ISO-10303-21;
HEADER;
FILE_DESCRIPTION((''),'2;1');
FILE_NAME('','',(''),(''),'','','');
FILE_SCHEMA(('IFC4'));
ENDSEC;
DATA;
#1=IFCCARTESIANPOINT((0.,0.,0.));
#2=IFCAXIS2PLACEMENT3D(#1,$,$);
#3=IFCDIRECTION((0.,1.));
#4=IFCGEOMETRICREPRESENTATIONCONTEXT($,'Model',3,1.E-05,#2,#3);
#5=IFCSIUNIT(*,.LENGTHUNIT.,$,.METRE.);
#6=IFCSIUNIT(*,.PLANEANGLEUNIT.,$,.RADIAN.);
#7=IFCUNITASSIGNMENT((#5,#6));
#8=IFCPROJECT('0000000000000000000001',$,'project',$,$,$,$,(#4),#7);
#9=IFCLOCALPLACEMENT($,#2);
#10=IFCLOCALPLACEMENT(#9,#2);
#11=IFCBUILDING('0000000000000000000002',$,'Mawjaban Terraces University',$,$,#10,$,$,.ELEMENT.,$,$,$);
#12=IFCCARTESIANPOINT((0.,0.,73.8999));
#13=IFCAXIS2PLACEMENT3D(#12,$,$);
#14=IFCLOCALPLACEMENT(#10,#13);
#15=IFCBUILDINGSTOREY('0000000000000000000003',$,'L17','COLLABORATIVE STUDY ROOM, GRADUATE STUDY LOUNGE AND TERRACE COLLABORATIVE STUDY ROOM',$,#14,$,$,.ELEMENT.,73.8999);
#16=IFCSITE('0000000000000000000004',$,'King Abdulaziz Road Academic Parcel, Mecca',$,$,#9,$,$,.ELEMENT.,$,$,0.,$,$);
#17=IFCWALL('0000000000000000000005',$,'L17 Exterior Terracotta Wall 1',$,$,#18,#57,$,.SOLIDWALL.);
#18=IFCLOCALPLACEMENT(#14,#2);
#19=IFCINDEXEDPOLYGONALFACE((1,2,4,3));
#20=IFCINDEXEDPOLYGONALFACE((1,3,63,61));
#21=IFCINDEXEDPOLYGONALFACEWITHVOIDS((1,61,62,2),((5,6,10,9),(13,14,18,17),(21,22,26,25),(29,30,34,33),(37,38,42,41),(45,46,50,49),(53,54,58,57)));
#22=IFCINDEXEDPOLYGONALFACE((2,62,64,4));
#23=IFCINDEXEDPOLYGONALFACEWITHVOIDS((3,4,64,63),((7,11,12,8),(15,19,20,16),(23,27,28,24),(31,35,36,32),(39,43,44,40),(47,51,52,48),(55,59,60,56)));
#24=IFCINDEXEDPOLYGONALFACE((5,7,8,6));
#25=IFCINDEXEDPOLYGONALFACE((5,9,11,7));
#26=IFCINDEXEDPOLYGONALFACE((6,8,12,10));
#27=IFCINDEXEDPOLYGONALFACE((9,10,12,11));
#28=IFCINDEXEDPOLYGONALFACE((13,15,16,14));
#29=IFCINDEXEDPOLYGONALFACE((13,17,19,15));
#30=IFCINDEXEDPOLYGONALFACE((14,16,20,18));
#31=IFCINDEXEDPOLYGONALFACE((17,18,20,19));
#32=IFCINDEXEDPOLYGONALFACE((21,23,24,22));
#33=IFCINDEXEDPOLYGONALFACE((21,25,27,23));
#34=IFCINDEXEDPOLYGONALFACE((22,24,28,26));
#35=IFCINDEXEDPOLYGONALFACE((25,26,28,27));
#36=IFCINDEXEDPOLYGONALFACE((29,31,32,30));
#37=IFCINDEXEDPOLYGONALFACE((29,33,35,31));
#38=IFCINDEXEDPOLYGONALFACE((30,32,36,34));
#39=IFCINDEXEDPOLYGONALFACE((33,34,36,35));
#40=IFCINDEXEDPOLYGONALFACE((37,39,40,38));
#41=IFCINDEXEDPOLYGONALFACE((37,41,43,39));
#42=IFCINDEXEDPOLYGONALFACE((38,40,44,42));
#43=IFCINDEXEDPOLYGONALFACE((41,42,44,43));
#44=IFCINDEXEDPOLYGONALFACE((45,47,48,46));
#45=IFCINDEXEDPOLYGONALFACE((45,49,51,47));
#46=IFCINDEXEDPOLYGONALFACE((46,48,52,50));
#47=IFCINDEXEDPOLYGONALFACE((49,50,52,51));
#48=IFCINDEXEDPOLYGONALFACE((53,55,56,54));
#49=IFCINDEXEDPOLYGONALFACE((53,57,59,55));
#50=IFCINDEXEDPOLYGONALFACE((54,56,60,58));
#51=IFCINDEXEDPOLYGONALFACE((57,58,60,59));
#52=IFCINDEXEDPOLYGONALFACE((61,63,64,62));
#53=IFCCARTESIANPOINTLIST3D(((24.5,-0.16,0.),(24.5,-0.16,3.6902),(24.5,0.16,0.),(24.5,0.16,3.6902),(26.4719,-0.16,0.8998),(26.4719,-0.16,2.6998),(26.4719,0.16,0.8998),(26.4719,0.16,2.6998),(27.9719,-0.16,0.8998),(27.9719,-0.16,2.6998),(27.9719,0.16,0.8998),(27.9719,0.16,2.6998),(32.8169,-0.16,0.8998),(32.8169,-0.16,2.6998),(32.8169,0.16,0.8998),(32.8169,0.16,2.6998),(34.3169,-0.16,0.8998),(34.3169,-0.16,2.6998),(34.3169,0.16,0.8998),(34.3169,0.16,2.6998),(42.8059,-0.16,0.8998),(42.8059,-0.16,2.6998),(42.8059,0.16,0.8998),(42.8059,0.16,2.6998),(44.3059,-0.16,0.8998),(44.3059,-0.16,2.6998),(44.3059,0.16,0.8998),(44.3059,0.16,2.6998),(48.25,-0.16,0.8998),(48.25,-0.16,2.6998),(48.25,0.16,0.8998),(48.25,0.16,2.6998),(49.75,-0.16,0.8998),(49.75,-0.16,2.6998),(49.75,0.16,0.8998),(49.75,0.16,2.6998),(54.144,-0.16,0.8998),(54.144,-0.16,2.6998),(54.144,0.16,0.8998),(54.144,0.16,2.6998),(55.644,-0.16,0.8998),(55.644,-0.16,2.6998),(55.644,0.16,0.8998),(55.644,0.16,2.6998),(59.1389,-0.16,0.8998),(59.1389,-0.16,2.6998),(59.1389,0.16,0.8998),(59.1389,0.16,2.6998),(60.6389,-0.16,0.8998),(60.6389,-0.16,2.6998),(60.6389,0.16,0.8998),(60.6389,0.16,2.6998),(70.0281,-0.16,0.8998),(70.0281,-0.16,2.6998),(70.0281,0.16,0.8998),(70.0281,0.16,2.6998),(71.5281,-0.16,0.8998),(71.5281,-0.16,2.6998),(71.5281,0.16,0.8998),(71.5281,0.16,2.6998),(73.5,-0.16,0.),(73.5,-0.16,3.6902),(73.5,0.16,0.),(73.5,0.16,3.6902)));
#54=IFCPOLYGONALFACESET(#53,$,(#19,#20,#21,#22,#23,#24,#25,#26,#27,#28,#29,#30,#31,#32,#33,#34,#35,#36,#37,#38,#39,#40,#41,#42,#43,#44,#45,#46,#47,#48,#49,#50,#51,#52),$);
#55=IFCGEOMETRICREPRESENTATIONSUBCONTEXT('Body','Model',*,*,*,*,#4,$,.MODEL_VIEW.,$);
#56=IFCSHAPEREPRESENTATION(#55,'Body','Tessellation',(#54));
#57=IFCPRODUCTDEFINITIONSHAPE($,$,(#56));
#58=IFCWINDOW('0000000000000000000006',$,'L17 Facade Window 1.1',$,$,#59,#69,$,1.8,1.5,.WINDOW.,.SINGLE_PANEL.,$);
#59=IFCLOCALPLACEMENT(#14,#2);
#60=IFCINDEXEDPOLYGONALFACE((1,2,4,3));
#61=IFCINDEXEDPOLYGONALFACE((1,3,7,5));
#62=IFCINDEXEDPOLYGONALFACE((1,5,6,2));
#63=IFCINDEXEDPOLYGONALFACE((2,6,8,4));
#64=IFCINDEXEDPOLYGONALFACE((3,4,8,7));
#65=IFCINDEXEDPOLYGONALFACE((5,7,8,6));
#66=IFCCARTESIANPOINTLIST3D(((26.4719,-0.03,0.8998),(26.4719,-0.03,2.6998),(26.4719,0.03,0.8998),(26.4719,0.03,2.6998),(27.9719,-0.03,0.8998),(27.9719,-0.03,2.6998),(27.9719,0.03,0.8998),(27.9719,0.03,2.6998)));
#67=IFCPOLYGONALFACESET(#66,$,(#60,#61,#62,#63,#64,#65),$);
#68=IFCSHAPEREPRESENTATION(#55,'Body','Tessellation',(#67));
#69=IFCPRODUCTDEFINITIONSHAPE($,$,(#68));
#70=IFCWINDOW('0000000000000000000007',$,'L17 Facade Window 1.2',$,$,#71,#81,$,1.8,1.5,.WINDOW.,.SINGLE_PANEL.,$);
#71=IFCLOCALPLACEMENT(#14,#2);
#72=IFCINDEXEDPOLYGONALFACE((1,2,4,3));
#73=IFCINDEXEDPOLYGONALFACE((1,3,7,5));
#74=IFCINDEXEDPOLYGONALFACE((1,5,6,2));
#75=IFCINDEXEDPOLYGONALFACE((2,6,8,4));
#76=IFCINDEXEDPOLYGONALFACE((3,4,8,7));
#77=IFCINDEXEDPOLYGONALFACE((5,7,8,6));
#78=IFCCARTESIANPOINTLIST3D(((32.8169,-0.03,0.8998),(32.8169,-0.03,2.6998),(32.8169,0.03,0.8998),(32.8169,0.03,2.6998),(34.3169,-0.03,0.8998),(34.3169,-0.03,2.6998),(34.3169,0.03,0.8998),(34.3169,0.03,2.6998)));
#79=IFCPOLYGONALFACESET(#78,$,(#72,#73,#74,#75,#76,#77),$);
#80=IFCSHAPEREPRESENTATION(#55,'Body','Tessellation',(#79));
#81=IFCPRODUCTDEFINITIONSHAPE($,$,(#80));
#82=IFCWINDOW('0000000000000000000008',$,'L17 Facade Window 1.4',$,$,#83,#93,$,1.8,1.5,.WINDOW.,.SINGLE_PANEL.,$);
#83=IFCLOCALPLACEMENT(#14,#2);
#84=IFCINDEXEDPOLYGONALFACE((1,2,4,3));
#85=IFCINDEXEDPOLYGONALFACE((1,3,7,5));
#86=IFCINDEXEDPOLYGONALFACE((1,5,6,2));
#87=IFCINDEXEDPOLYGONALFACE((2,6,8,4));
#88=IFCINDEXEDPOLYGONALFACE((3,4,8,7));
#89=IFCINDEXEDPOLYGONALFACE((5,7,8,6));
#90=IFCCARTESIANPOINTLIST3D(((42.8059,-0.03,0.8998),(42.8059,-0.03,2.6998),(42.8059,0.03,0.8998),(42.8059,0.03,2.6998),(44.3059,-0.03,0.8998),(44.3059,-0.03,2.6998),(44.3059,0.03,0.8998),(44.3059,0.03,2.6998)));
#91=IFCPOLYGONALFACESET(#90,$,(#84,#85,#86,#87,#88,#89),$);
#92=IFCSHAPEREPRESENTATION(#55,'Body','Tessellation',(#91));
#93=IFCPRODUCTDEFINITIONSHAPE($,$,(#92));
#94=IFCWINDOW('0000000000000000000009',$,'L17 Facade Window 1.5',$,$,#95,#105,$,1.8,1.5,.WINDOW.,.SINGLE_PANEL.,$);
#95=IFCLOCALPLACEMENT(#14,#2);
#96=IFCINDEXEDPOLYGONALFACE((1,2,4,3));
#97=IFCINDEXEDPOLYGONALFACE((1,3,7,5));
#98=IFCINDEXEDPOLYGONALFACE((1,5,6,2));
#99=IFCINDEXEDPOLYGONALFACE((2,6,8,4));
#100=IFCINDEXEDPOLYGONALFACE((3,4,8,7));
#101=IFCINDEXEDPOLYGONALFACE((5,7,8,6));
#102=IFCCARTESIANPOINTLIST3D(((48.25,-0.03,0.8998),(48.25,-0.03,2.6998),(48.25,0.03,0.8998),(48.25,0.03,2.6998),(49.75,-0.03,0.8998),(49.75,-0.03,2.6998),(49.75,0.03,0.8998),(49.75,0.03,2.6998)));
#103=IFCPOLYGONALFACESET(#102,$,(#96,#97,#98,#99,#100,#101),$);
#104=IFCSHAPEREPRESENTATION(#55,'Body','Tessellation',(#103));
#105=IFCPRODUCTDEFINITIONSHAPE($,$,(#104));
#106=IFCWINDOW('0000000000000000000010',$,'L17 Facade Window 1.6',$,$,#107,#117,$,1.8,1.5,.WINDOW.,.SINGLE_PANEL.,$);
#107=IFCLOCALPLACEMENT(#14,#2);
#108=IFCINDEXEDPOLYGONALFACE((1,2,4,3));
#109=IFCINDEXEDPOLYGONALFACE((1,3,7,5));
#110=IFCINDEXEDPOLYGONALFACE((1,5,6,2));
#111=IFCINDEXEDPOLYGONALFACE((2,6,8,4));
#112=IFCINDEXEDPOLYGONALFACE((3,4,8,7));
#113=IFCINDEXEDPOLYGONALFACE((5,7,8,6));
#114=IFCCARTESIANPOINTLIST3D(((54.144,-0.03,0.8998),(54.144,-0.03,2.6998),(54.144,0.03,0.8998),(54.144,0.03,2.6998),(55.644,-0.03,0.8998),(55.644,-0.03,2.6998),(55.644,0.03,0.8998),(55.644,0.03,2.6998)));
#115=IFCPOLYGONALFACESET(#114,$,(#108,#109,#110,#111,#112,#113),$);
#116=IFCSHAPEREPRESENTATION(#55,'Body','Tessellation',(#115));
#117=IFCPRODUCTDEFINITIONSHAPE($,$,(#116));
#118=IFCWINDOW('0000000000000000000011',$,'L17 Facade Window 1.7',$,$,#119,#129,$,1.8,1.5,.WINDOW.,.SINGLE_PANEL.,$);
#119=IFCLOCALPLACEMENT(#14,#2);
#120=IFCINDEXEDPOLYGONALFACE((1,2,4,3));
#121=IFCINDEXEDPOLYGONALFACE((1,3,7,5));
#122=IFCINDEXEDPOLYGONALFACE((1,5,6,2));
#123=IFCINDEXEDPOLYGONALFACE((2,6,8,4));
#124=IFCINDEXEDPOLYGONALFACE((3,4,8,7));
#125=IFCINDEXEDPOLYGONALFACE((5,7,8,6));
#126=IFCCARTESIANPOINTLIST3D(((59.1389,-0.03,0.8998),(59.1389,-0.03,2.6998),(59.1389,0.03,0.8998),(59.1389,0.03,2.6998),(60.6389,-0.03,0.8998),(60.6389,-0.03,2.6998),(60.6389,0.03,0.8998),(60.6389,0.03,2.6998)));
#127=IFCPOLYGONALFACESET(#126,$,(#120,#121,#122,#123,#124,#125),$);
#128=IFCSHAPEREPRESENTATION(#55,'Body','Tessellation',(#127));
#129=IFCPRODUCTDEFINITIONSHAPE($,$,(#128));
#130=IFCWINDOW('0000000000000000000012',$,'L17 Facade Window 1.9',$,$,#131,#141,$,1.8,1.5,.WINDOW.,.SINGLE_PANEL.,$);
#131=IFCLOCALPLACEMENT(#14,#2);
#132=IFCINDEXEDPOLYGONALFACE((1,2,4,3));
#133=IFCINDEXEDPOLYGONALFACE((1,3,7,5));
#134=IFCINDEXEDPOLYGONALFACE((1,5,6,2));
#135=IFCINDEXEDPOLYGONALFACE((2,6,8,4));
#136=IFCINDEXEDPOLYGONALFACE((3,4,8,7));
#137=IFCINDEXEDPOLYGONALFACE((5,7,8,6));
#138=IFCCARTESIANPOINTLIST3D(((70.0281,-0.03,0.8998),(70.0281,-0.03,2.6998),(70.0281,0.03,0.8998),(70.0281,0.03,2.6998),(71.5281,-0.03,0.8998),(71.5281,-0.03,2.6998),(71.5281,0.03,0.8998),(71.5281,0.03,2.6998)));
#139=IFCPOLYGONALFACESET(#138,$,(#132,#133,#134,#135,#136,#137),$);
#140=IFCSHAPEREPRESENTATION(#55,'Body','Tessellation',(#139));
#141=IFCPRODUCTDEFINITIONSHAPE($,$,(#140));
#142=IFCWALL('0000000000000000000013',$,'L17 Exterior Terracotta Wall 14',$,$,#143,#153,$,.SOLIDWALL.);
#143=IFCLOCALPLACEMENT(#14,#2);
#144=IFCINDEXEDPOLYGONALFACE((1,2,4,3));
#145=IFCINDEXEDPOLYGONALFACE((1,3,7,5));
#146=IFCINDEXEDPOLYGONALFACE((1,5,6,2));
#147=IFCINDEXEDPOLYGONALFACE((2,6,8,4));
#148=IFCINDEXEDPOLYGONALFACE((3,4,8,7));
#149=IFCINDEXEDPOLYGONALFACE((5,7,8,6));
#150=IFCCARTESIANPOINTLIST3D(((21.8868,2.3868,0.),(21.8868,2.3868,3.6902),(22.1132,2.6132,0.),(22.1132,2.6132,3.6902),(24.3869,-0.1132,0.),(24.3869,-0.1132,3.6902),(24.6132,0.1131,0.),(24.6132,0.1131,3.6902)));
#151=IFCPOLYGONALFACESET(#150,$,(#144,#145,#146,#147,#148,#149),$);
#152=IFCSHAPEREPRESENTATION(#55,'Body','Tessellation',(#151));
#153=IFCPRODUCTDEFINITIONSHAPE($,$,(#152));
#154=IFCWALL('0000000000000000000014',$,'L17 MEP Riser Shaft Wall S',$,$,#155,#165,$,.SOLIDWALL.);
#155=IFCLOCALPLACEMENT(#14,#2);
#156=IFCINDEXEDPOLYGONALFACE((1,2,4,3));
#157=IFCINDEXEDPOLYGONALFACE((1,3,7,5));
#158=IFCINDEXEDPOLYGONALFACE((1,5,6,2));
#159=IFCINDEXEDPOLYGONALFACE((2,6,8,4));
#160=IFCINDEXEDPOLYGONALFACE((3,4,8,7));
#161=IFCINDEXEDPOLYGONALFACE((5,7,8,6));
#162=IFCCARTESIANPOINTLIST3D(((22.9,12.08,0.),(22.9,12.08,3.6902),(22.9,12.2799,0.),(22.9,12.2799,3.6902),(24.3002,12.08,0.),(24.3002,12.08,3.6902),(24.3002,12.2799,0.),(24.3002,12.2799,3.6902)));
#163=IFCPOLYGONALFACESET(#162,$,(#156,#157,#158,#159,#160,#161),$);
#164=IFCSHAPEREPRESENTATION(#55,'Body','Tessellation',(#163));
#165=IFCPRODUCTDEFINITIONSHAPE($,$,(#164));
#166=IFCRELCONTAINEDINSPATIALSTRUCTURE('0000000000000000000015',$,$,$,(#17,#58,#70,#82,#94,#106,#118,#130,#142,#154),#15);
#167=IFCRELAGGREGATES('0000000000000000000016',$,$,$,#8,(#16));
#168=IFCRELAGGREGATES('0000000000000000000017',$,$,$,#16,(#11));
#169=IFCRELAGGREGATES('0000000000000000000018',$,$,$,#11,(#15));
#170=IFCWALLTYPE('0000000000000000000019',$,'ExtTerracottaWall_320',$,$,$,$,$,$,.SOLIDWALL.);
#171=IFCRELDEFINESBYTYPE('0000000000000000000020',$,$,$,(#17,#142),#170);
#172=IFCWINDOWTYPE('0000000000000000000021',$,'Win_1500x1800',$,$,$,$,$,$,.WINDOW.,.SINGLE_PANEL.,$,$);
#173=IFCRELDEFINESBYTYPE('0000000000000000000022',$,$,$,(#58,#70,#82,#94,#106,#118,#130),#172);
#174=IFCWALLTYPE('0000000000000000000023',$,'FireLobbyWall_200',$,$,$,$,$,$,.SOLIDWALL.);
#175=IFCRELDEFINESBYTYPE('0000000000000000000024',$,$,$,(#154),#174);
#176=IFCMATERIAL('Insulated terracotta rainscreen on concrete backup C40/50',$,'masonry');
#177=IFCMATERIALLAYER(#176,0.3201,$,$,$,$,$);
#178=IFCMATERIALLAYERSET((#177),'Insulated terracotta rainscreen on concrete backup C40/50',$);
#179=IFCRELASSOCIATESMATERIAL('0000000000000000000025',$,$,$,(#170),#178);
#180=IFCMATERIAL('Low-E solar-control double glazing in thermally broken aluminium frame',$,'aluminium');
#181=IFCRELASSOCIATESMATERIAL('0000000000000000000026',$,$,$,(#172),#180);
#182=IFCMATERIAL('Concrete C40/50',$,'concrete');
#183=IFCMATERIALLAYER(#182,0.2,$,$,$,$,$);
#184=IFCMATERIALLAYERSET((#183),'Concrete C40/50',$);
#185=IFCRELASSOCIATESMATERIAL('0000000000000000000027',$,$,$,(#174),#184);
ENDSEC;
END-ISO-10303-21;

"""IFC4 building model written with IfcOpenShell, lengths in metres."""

from ifc_helpers import new_model, si_unit, direction, frame, frame_2d, origin, place, context, subcontext, project, spatial, rectangle, extrude, material, layer, layer_set, type_object, element, fill, save


model = new_model("IFC4")

# Units and contexts
model_context = context("Model", 3, precision=1e-05, world=origin(), true_north=direction((0.0, 1.0)))
body_context = subcontext(model_context, "Body", "Model", "MODEL_VIEW")
ifc_project = project(units=[si_unit("LENGTHUNIT", "METRE"), si_unit("PLANEANGLEUNIT", "RADIAN")], contexts=[model_context])

# Site, building, storey
site_placement = place(None, origin())
site = spatial("IfcSite", under=ifc_project, at=site_placement, Name="King Abdulaziz Road Academic Parcel, Mecca", CompositionType="ELEMENT", RefElevation=0.0)
building_placement = place(site_placement, origin())
building = spatial("IfcBuilding", under=site, at=building_placement, Name="Mawjaban Terraces University", CompositionType="ELEMENT")
storey_placement = place(building_placement, frame((0.0, 0.0, 73.8999)))
storey = spatial("IfcBuildingStorey", under=building, at=storey_placement, Name="L17", Description="COLLABORATIVE STUDY ROOM, GRADUATE STUDY LOUNGE AND TERRACE COLLABORATIVE STUDY ROOM", CompositionType="ELEMENT", Elevation=73.8999)

# Wall, openings, windows
ifc_material_1 = material(Name="Insulated terracotta rainscreen on concrete backup C40/50", Category="masonry")
ifc_layer_1 = layer(ifc_material_1, 0.3201)
ifc_layer_set_1 = layer_set([ifc_layer_1], Name="Insulated terracotta rainscreen on concrete backup C40/50")
wall_type_1 = type_object("IfcWallType", Name="ExtTerracottaWall_320", PredefinedType="SOLIDWALL", material=ifc_layer_set_1)
wall_1_placement = place(storey_placement, frame((24.5, 0.0, 0.0), z_axis=(0.0, 0.0, 1.0), x_axis=(1.0, 0.0, 0.0)))
wall_1 = element("IfcWall", 1, at=wall_1_placement, inside=storey, type_object=wall_type_1, Name="L17 Exterior Terracotta Wall 1", PredefinedType="SOLIDWALL", context=body_context, shape_type="SweptSolid", body=[
    extrude(rectangle(XDim=49.0, YDim=0.3201, at=frame_2d((24.5, 0.0))), origin(), (0.0, 0.0, 1.0), 3.6902),
])
opening_1_placement = place(wall_1_placement, frame((1.9719, 0.0, 0.8999)))
opening_1 = element("IfcOpeningElement", 2, at=opening_1_placement, cuts=wall_1, PredefinedType="OPENING", context=body_context, shape_type="SweptSolid", body=[
    extrude(rectangle(XDim=1.5, YDim=1.8, at=frame_2d((0.75, 0.8999))), frame((0.0, 0.1699, 0.0), z_axis=(0.0, -1.0, 0.0), x_axis=(1.0, 0.0, 0.0)), (0.0, 0.0, 1.0), 0.3401),
])
opening_2_placement = place(wall_1_placement, frame((8.3169, 0.0, 0.8999)))
opening_2 = element("IfcOpeningElement", 3, at=opening_2_placement, cuts=wall_1, PredefinedType="OPENING", context=body_context, shape_type="SweptSolid", body=[
    extrude(rectangle(XDim=1.5, YDim=1.8, at=frame_2d((0.75, 0.8999))), frame((0.0, 0.1699, 0.0), z_axis=(0.0, -1.0, 0.0), x_axis=(1.0, 0.0, 0.0)), (0.0, 0.0, 1.0), 0.3401),
])
opening_3_placement = place(wall_1_placement, frame((18.3059, 0.0, 0.8999)))
opening_3 = element("IfcOpeningElement", 4, at=opening_3_placement, cuts=wall_1, PredefinedType="OPENING", context=body_context, shape_type="SweptSolid", body=[
    extrude(rectangle(XDim=1.5, YDim=1.8, at=frame_2d((0.75, 0.8999))), frame((0.0, 0.1699, 0.0), z_axis=(0.0, -1.0, 0.0), x_axis=(1.0, 0.0, 0.0)), (0.0, 0.0, 1.0), 0.3401),
])
opening_4_placement = place(wall_1_placement, frame((23.75, 0.0, 0.8999)))
opening_4 = element("IfcOpeningElement", 5, at=opening_4_placement, cuts=wall_1, PredefinedType="OPENING", context=body_context, shape_type="SweptSolid", body=[
    extrude(rectangle(XDim=1.5, YDim=1.8, at=frame_2d((0.75, 0.8999))), frame((0.0, 0.1699, 0.0), z_axis=(0.0, -1.0, 0.0), x_axis=(1.0, 0.0, 0.0)), (0.0, 0.0, 1.0), 0.3401),
])
opening_5_placement = place(wall_1_placement, frame((29.644, 0.0, 0.8999)))
opening_5 = element("IfcOpeningElement", 6, at=opening_5_placement, cuts=wall_1, PredefinedType="OPENING", context=body_context, shape_type="SweptSolid", body=[
    extrude(rectangle(XDim=1.5, YDim=1.8, at=frame_2d((0.75, 0.8999))), frame((0.0, 0.1699, 0.0), z_axis=(0.0, -1.0, 0.0), x_axis=(1.0, 0.0, 0.0)), (0.0, 0.0, 1.0), 0.3401),
])
opening_6_placement = place(wall_1_placement, frame((34.6389, 0.0, 0.8999)))
opening_6 = element("IfcOpeningElement", 7, at=opening_6_placement, cuts=wall_1, PredefinedType="OPENING", context=body_context, shape_type="SweptSolid", body=[
    extrude(rectangle(XDim=1.5, YDim=1.8, at=frame_2d((0.75, 0.8999))), frame((0.0, 0.1699, 0.0), z_axis=(0.0, -1.0, 0.0), x_axis=(1.0, 0.0, 0.0)), (0.0, 0.0, 1.0), 0.3401),
])
opening_7_placement = place(wall_1_placement, frame((45.5281, 0.0, 0.8999)))
opening_7 = element("IfcOpeningElement", 8, at=opening_7_placement, cuts=wall_1, PredefinedType="OPENING", context=body_context, shape_type="SweptSolid", body=[
    extrude(rectangle(XDim=1.5, YDim=1.8, at=frame_2d((0.75, 0.8999))), frame((0.0, 0.1699, 0.0), z_axis=(0.0, -1.0, 0.0), x_axis=(1.0, 0.0, 0.0)), (0.0, 0.0, 1.0), 0.3401),
])
ifc_material_2 = material(Name="Low-E solar-control double glazing in thermally broken aluminium frame", Category="aluminium")
window_type = type_object("IfcWindowType", Name="Win_1500x1800", PartitioningType="SINGLE_PANEL", PredefinedType="WINDOW", material=ifc_material_2)
window_1_placement = place(opening_1_placement, origin())
window_1 = element("IfcWindow", 9, at=window_1_placement, inside=storey, type_object=window_type, Name="L17 Facade Window 1.1", OverallHeight=1.8, OverallWidth=1.5, PartitioningType="SINGLE_PANEL", PredefinedType="WINDOW", context=body_context, shape_type="SweptSolid", body=[
    extrude(rectangle(XDim=1.5, YDim=1.8, at=frame_2d((0.75, 0.8999))), frame((0.0, 0.03, 0.0), z_axis=(0.0, -1.0, 0.0), x_axis=(1.0, 0.0, 0.0)), (0.0, 0.0, 1.0), 0.0601),
])
fill(opening_1, window_1)
window_2_placement = place(opening_2_placement, origin())
window_2 = element("IfcWindow", 10, at=window_2_placement, inside=storey, type_object=window_type, Name="L17 Facade Window 1.2", OverallHeight=1.8, OverallWidth=1.5, PartitioningType="SINGLE_PANEL", PredefinedType="WINDOW", context=body_context, shape_type="SweptSolid", body=[
    extrude(rectangle(XDim=1.5, YDim=1.8, at=frame_2d((0.75, 0.8999))), frame((0.0, 0.03, 0.0), z_axis=(0.0, -1.0, 0.0), x_axis=(1.0, 0.0, 0.0)), (0.0, 0.0, 1.0), 0.0601),
])
fill(opening_2, window_2)
window_3_placement = place(opening_3_placement, origin())
window_3 = element("IfcWindow", 11, at=window_3_placement, inside=storey, type_object=window_type, Name="L17 Facade Window 1.4", OverallHeight=1.8, OverallWidth=1.5, PartitioningType="SINGLE_PANEL", PredefinedType="WINDOW", context=body_context, shape_type="SweptSolid", body=[
    extrude(rectangle(XDim=1.5, YDim=1.8, at=frame_2d((0.75, 0.8999))), frame((0.0, 0.03, 0.0), z_axis=(0.0, -1.0, 0.0), x_axis=(1.0, 0.0, 0.0)), (0.0, 0.0, 1.0), 0.0601),
])
fill(opening_3, window_3)
window_4_placement = place(opening_4_placement, origin())
window_4 = element("IfcWindow", 12, at=window_4_placement, inside=storey, type_object=window_type, Name="L17 Facade Window 1.5", OverallHeight=1.8, OverallWidth=1.5, PartitioningType="SINGLE_PANEL", PredefinedType="WINDOW", context=body_context, shape_type="SweptSolid", body=[
    extrude(rectangle(XDim=1.5, YDim=1.8, at=frame_2d((0.75, 0.8999))), frame((0.0, 0.03, 0.0), z_axis=(0.0, -1.0, 0.0), x_axis=(1.0, 0.0, 0.0)), (0.0, 0.0, 1.0), 0.0601),
])
fill(opening_4, window_4)
window_5_placement = place(opening_5_placement, origin())
window_5 = element("IfcWindow", 13, at=window_5_placement, inside=storey, type_object=window_type, Name="L17 Facade Window 1.6", OverallHeight=1.8, OverallWidth=1.5, PartitioningType="SINGLE_PANEL", PredefinedType="WINDOW", context=body_context, shape_type="SweptSolid", body=[
    extrude(rectangle(XDim=1.5, YDim=1.8, at=frame_2d((0.75, 0.8999))), frame((0.0, 0.03, 0.0), z_axis=(0.0, -1.0, 0.0), x_axis=(1.0, 0.0, 0.0)), (0.0, 0.0, 1.0), 0.0601),
])
fill(opening_5, window_5)
window_6_placement = place(opening_6_placement, origin())
window_6 = element("IfcWindow", 14, at=window_6_placement, inside=storey, type_object=window_type, Name="L17 Facade Window 1.7", OverallHeight=1.8, OverallWidth=1.5, PartitioningType="SINGLE_PANEL", PredefinedType="WINDOW", context=body_context, shape_type="SweptSolid", body=[
    extrude(rectangle(XDim=1.5, YDim=1.8, at=frame_2d((0.75, 0.8999))), frame((0.0, 0.03, 0.0), z_axis=(0.0, -1.0, 0.0), x_axis=(1.0, 0.0, 0.0)), (0.0, 0.0, 1.0), 0.0601),
])
fill(opening_6, window_6)
window_7_placement = place(opening_7_placement, origin())
window_7 = element("IfcWindow", 15, at=window_7_placement, inside=storey, type_object=window_type, Name="L17 Facade Window 1.9", OverallHeight=1.8, OverallWidth=1.5, PartitioningType="SINGLE_PANEL", PredefinedType="WINDOW", context=body_context, shape_type="SweptSolid", body=[
    extrude(rectangle(XDim=1.5, YDim=1.8, at=frame_2d((0.75, 0.8999))), frame((0.0, 0.03, 0.0), z_axis=(0.0, -1.0, 0.0), x_axis=(1.0, 0.0, 0.0)), (0.0, 0.0, 1.0), 0.0601),
])
fill(opening_7, window_7)

# Walls
wall_2_placement = place(storey_placement, frame((22.0, 2.5, 0.0), z_axis=(0.0, 0.0, 1.0), x_axis=(0.707107, -0.707107, 0.0)))
element("IfcWall", 16, at=wall_2_placement, inside=storey, type_object=wall_type_1, Name="L17 Exterior Terracotta Wall 14", PredefinedType="SOLIDWALL", context=body_context, shape_type="SweptSolid", body=[
    extrude(rectangle(XDim=3.5356, YDim=0.3201, at=frame_2d((1.7678, 0.0))), origin(), (0.0, 0.0, 1.0), 3.6902),
])
ifc_material_3 = material(Name="Concrete C40/50", Category="concrete")
ifc_layer_2 = layer(ifc_material_3, 0.2)
ifc_layer_set_2 = layer_set([ifc_layer_2], Name="Concrete C40/50")
wall_type_2 = type_object("IfcWallType", Name="FireLobbyWall_200", PredefinedType="SOLIDWALL", material=ifc_layer_set_2)
wall_3_placement = place(storey_placement, frame((22.8999, 12.1799, 0.0), z_axis=(0.0, 0.0, 1.0), x_axis=(1.0, 0.0, 0.0)))
element("IfcWall", 17, at=wall_3_placement, inside=storey, type_object=wall_type_2, Name="L17 MEP Riser Shaft Wall S", PredefinedType="SOLIDWALL", context=body_context, shape_type="SweptSolid", body=[
    extrude(rectangle(XDim=1.4001, YDim=0.2, at=frame_2d((0.7002, 0.0))), origin(), (0.0, 0.0, 1.0), 3.6902),
])

save(model, "model.ifc")
